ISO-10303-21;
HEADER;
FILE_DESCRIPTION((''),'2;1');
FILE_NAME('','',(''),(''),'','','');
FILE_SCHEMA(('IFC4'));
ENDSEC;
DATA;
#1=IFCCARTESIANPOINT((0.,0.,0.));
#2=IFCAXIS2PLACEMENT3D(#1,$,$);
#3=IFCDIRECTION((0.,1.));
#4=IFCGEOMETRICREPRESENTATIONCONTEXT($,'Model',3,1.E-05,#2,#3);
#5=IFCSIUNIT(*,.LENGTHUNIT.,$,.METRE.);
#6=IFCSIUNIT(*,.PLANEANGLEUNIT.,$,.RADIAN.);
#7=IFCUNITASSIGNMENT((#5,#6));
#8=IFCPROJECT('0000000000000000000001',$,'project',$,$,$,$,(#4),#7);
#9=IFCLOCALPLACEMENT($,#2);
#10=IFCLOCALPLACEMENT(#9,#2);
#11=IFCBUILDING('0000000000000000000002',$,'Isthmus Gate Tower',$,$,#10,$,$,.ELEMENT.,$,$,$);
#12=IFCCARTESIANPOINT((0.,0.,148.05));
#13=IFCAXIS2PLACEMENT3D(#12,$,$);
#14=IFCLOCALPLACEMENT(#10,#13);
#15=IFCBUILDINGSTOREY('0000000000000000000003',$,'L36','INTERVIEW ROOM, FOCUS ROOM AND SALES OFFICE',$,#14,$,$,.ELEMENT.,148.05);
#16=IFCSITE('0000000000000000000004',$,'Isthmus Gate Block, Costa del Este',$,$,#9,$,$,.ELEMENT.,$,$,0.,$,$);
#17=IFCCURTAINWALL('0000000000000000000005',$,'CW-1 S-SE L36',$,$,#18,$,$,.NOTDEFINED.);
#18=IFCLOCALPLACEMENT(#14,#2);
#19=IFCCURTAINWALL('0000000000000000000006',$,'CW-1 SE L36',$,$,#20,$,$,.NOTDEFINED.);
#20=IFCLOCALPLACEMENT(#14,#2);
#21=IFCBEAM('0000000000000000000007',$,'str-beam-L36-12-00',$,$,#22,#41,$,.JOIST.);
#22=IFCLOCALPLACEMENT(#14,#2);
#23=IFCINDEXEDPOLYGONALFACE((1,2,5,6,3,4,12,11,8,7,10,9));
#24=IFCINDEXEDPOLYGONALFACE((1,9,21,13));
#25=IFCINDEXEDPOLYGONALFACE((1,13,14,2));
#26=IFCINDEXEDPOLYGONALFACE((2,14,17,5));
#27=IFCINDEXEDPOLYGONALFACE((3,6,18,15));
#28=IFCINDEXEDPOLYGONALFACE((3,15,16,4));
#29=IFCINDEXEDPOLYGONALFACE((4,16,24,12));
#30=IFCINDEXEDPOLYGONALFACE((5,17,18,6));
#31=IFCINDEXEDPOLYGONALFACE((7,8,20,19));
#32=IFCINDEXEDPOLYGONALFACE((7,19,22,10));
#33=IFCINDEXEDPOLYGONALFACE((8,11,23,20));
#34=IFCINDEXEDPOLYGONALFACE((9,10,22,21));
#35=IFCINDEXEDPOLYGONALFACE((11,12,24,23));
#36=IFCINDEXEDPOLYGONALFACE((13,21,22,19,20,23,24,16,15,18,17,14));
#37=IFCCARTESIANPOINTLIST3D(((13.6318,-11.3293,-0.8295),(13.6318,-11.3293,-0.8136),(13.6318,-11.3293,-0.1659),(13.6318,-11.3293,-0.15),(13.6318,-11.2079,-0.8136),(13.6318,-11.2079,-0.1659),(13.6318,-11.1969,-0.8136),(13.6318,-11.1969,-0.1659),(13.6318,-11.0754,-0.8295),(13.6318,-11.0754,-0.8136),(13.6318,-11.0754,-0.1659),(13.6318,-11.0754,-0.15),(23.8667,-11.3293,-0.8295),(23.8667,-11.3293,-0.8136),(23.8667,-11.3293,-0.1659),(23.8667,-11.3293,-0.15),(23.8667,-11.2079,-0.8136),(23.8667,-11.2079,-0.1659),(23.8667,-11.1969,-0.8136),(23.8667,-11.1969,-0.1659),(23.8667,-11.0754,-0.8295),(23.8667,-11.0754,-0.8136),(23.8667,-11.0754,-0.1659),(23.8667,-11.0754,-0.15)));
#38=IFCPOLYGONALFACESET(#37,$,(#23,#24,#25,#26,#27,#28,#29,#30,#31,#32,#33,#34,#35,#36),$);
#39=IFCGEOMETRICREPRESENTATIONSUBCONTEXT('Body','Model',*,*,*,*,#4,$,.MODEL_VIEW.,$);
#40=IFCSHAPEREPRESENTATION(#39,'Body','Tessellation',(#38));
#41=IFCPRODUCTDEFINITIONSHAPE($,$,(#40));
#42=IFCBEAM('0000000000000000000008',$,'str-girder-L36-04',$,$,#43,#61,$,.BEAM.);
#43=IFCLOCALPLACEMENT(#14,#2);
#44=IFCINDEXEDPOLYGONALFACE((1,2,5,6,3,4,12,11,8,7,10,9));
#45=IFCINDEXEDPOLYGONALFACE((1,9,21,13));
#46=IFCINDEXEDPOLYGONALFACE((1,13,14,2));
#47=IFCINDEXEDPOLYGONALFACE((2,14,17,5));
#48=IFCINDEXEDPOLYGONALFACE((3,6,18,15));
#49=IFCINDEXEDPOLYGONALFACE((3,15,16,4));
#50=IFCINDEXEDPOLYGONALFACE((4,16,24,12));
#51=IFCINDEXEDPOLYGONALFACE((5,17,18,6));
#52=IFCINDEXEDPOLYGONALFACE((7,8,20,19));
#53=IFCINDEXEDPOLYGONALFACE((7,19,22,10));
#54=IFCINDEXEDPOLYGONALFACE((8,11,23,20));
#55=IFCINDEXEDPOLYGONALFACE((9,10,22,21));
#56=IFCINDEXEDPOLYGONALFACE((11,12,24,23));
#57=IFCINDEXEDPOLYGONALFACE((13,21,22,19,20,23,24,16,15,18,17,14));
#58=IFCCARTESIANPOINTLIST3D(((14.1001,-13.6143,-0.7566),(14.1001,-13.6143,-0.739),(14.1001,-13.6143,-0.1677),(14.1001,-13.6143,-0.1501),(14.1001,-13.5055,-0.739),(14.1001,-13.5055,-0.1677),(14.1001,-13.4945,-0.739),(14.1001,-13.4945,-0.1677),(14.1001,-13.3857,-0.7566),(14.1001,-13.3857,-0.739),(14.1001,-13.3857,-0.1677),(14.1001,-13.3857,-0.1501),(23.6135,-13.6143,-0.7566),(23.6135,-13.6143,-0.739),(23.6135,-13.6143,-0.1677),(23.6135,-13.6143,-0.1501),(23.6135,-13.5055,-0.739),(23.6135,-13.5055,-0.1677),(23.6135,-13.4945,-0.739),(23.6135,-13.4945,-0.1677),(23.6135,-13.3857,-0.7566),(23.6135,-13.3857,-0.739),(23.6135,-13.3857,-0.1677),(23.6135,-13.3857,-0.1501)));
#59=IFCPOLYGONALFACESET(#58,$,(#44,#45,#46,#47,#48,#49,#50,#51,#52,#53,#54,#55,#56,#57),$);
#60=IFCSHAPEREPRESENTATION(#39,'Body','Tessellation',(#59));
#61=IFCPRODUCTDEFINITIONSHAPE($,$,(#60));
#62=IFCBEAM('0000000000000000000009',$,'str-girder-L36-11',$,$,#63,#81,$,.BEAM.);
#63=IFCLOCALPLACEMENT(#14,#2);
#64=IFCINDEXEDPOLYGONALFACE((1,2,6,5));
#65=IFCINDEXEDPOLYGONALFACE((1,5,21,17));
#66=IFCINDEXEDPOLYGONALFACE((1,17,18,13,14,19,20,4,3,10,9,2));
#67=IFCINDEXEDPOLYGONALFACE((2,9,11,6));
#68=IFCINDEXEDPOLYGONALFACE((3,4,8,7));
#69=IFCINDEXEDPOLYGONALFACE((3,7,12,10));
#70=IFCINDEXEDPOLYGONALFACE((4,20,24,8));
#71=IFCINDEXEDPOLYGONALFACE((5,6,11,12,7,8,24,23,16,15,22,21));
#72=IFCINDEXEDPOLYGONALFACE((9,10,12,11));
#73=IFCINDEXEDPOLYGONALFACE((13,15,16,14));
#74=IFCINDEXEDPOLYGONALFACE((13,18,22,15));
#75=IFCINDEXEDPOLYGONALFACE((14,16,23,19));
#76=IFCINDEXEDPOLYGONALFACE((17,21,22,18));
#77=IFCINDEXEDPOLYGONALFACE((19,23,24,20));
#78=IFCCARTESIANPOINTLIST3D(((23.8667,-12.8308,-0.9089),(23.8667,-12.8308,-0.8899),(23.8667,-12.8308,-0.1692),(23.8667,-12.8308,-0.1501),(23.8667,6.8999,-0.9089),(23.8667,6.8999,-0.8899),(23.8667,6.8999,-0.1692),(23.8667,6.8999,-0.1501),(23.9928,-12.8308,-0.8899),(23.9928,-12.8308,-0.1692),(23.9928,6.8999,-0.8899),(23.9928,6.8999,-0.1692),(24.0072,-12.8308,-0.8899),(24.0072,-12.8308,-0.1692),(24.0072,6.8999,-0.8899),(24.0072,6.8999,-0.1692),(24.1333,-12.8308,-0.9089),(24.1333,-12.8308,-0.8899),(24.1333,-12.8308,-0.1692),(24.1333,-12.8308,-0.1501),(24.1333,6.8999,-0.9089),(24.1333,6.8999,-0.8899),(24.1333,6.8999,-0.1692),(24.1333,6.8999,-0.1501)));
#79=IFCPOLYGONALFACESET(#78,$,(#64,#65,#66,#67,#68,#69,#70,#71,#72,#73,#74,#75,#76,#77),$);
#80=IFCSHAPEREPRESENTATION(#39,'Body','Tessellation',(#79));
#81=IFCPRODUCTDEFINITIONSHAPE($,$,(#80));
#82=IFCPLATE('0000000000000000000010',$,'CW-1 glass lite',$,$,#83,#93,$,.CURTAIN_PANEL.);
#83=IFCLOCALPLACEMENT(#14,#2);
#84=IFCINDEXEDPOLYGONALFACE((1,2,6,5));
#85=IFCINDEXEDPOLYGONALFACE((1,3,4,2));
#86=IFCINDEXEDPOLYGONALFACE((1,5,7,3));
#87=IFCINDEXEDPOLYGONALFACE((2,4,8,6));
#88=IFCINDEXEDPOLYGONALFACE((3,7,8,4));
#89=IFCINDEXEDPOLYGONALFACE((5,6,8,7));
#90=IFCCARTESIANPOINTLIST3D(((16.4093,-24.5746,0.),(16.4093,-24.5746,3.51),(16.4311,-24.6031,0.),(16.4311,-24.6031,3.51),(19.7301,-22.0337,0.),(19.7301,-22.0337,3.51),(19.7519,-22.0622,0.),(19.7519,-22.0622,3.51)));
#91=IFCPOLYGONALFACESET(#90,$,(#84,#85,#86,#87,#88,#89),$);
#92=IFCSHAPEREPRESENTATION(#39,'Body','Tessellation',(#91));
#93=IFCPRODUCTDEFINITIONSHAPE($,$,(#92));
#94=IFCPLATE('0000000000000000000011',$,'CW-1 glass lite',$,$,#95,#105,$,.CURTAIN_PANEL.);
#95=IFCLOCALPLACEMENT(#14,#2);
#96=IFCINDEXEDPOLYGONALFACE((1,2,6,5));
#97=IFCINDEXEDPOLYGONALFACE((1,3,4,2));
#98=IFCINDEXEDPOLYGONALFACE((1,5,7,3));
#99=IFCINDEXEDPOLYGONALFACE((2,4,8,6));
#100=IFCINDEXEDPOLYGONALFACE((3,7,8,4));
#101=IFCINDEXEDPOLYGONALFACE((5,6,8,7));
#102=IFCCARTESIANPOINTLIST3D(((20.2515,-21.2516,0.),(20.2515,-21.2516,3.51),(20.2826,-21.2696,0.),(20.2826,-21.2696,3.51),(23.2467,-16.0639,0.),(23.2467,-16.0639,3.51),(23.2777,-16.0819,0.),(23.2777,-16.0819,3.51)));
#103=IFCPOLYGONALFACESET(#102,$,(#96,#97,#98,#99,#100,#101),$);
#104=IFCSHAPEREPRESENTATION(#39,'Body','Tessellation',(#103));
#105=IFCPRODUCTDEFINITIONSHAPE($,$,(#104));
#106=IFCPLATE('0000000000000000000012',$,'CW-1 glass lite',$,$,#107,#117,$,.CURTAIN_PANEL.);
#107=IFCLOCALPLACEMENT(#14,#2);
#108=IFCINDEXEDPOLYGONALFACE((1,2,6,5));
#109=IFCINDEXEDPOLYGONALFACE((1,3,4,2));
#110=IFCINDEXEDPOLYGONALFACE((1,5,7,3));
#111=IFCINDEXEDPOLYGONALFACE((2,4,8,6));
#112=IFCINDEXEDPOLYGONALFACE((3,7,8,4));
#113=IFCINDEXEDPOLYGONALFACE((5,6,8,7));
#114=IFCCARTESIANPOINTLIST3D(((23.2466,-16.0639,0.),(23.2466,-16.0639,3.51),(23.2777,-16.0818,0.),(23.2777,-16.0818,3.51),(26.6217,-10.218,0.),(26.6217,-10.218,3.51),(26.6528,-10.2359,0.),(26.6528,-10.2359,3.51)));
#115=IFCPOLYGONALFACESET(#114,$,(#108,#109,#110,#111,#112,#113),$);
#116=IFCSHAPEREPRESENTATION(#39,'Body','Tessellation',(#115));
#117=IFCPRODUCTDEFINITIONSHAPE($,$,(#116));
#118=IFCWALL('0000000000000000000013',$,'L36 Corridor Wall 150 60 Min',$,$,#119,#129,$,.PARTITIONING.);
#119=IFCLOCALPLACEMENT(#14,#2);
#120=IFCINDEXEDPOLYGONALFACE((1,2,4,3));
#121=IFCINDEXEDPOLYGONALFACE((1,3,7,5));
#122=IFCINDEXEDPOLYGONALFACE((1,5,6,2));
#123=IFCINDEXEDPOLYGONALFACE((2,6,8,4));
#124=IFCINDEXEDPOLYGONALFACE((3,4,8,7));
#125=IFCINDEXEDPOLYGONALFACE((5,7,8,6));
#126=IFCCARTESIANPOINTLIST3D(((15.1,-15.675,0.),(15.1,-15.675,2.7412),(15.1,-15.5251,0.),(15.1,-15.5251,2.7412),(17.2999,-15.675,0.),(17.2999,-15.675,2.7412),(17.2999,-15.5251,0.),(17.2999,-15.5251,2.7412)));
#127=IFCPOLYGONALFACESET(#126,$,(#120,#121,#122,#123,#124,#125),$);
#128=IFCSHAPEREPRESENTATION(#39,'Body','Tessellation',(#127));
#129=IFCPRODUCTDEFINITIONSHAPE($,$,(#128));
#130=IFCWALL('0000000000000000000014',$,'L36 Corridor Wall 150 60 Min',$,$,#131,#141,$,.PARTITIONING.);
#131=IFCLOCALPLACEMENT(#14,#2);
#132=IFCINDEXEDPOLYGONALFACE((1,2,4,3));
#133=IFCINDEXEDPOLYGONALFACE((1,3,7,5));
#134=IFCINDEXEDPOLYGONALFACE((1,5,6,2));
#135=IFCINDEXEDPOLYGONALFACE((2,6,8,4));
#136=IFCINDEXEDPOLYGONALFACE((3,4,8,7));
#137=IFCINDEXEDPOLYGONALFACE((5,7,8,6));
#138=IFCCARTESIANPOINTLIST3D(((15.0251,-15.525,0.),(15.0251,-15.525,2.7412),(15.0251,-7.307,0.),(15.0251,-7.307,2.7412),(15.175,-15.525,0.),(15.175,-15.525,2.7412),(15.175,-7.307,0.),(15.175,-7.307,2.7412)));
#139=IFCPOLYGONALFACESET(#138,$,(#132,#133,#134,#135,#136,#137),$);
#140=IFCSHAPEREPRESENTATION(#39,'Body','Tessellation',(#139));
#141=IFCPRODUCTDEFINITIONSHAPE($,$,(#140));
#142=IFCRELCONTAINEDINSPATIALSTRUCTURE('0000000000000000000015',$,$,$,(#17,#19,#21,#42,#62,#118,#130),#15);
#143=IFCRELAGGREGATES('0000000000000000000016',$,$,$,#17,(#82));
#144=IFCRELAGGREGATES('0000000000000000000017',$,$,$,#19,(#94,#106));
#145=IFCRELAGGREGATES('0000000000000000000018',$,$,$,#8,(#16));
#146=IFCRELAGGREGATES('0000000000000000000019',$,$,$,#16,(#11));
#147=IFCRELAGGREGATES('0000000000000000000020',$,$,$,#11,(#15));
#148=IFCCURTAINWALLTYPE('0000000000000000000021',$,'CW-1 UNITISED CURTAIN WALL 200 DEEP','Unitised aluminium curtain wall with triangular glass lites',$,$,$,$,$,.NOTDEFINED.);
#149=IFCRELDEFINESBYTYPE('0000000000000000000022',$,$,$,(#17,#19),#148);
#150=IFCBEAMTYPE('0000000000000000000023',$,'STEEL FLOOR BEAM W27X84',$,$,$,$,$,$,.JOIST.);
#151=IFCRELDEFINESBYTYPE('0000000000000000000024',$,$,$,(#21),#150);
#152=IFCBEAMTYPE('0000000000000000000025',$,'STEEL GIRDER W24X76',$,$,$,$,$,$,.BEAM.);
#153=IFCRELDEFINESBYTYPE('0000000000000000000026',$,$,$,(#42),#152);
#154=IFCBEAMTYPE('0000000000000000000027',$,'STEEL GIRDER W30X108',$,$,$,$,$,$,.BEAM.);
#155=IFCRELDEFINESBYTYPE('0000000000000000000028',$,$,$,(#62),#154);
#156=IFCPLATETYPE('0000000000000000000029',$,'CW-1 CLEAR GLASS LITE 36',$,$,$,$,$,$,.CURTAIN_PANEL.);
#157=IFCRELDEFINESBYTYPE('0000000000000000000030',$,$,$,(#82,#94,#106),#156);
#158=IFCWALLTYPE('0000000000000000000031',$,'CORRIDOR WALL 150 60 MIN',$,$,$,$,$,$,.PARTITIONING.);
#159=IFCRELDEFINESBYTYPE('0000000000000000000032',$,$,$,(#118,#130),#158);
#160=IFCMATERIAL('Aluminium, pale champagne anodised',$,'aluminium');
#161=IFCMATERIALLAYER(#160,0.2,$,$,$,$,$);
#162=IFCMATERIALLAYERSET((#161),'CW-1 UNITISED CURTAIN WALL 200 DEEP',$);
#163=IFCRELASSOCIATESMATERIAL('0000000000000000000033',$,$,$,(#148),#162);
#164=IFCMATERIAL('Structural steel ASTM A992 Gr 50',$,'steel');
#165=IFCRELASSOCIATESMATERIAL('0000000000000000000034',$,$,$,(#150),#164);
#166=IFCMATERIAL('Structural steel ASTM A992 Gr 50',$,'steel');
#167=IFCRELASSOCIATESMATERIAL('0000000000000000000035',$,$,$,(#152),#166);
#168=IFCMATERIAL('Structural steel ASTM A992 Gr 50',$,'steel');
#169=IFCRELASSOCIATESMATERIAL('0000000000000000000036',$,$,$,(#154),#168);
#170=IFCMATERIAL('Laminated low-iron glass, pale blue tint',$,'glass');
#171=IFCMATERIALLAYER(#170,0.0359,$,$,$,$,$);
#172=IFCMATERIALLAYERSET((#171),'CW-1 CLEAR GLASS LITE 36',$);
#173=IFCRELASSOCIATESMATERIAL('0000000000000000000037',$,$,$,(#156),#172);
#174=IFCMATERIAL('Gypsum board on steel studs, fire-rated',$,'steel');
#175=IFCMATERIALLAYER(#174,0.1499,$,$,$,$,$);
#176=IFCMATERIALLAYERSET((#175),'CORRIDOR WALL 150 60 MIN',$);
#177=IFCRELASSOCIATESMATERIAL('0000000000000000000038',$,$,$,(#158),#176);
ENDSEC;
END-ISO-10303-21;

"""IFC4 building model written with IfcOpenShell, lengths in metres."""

from ifc_helpers import new_model, si_unit, direction, frame, frame_2d, origin, origin_2d, place, context, subcontext, project, spatial, rectangle, i_section, extrude, material, layer, layer_set, material_profile, profile_set, type_object, element, aggregate, save


model = new_model("IFC4")

# Units and contexts
model_context = context("Model", 3, precision=1e-05, world=origin(), true_north=direction((0.0, 1.0)))
body_context = subcontext(model_context, "Body", "Model", "MODEL_VIEW")
ifc_project = project(units=[si_unit("LENGTHUNIT", "METRE"), si_unit("PLANEANGLEUNIT", "RADIAN")], contexts=[model_context])

# Site, building, storey
site_placement = place(None, origin())
site = spatial("IfcSite", under=ifc_project, at=site_placement, Name="Isthmus Gate Block, Costa del Este", CompositionType="ELEMENT", RefElevation=0.0)
building_placement = place(site_placement, origin())
building = spatial("IfcBuilding", under=site, at=building_placement, Name="Isthmus Gate Tower", CompositionType="ELEMENT")
storey_placement = place(building_placement, frame((0.0, 0.0, 148.05)))
storey = spatial("IfcBuildingStorey", under=building, at=storey_placement, Name="L36", Description="INTERVIEW ROOM, FOCUS ROOM AND SALES OFFICE", CompositionType="ELEMENT", Elevation=148.05)

# Curtain wall
ifc_material_1 = material(Name="Aluminium, pale champagne anodised", Category="aluminium")
ifc_layer_1 = layer(ifc_material_1, 0.2)
ifc_layer_set_1 = layer_set([ifc_layer_1], Name="CW-1 UNITISED CURTAIN WALL 200 DEEP")
curtain_wall_type = type_object("IfcCurtainWallType", Name="CW-1 UNITISED CURTAIN WALL 200 DEEP", Description="Unitised aluminium curtain wall with triangular glass lites", PredefinedType="NOTDEFINED", material=ifc_layer_set_1)
curtain_wall_1_placement = place(storey_placement, origin())
curtain_wall_1 = element("IfcCurtainWall", 1, at=curtain_wall_1_placement, inside=storey, type_object=curtain_wall_type, Name="CW-1 S-SE L36", PredefinedType="NOTDEFINED")

# Curtain wall
curtain_wall_2_placement = place(storey_placement, origin())
curtain_wall_2 = element("IfcCurtainWall", 2, at=curtain_wall_2_placement, inside=storey, type_object=curtain_wall_type, Name="CW-1 SE L36", PredefinedType="NOTDEFINED")

# Beams
ifc_material_2 = material(Name="Structural steel ASTM A992 Gr 50", Category="steel")
ifc_material_profile_1 = material_profile(ifc_material_2, i_section(OverallWidth=0.2539, OverallDepth=0.6794, WebThickness=0.011, FlangeThickness=0.0159, at=origin_2d()), Name="W27X84")
ifc_profile_set_1 = profile_set([ifc_material_profile_1], Name="Structural steel ASTM A992 Gr 50")
beam_type_1 = type_object("IfcBeamType", Name="STEEL FLOOR BEAM W27X84", PredefinedType="JOIST", material=ifc_profile_set_1)
beam_1_placement = place(storey_placement, frame((13.6318, -11.2024, -0.4897), z_axis=(1.0, 0.0, 0.0), x_axis=(0.0, 1.0, 0.0)))
element("IfcBeam", 3, at=beam_1_placement, inside=storey, type_object=beam_type_1, Name="str-beam-L36-12-00", PredefinedType="JOIST", context=body_context, shape_type="SweptSolid", body=[
    extrude(i_section(OverallWidth=0.2539, OverallDepth=0.6794, WebThickness=0.011, FlangeThickness=0.0159, at=origin_2d()), origin(), (0.0, 0.0, 1.0), 10.2349),
])
ifc_material_3 = material(Name="Structural steel ASTM A992 Gr 50", Category="steel")
ifc_material_profile_2 = material_profile(ifc_material_3, i_section(OverallWidth=0.2285, OverallDepth=0.6064, WebThickness=0.011, FlangeThickness=0.0176, at=origin_2d()), Name="W24X76")
ifc_profile_set_2 = profile_set([ifc_material_profile_2], Name="Structural steel ASTM A992 Gr 50")
beam_type_2 = type_object("IfcBeamType", Name="STEEL GIRDER W24X76", PredefinedType="BEAM", material=ifc_profile_set_2)
beam_2_placement = place(storey_placement, frame((14.1001, -13.5, -0.4534), z_axis=(1.0, 0.0, 0.0), x_axis=(0.0, 1.0, 0.0)))
element("IfcBeam", 4, at=beam_2_placement, inside=storey, type_object=beam_type_2, Name="str-girder-L36-04", PredefinedType="BEAM", context=body_context, shape_type="SweptSolid", body=[
    extrude(i_section(OverallWidth=0.2285, OverallDepth=0.6064, WebThickness=0.011, FlangeThickness=0.0176, at=origin_2d()), origin(), (0.0, 0.0, 1.0), 9.5134),
])
ifc_material_4 = material(Name="Structural steel ASTM A992 Gr 50", Category="steel")
ifc_material_profile_3 = material_profile(ifc_material_4, i_section(OverallWidth=0.2666, OverallDepth=0.7588, WebThickness=0.0144, FlangeThickness=0.019, at=origin_2d()), Name="W30X108")
ifc_profile_set_3 = profile_set([ifc_material_profile_3], Name="Structural steel ASTM A992 Gr 50")
beam_type_3 = type_object("IfcBeamType", Name="STEEL GIRDER W30X108", PredefinedType="BEAM", material=ifc_profile_set_3)
beam_3_placement = place(storey_placement, frame((24.0, -12.8308, -0.5295), z_axis=(0.0, 1.0, 0.0), x_axis=(-1.0, 0.0, 0.0)))
element("IfcBeam", 5, at=beam_3_placement, inside=storey, type_object=beam_type_3, Name="str-girder-L36-11", PredefinedType="BEAM", context=body_context, shape_type="SweptSolid", body=[
    extrude(i_section(OverallWidth=0.2666, OverallDepth=0.7588, WebThickness=0.0144, FlangeThickness=0.019, at=origin_2d()), origin(), (0.0, 0.0, 1.0), 19.7307),
])

# Plates
ifc_material_5 = material(Name="Laminated low-iron glass, pale blue tint", Category="glass")
ifc_layer_2 = layer(ifc_material_5, 0.0359)
ifc_layer_set_2 = layer_set([ifc_layer_2], Name="CW-1 CLEAR GLASS LITE 36")
plate_type = type_object("IfcPlateType", Name="CW-1 CLEAR GLASS LITE 36", PredefinedType="CURTAIN_PANEL", material=ifc_layer_set_2)
plate_1_placement = place(storey_placement, frame((18.0806, -23.3184, 0.0), z_axis=(0.0, 0.0, 1.0), x_axis=(0.794189, 0.607671, 0.0)))
plate_1 = element("IfcPlate", 6, at=plate_1_placement, type_object=plate_type, Name="CW-1 glass lite", PredefinedType="CURTAIN_PANEL", context=body_context, shape_type="SweptSolid", body=[
    extrude(rectangle(XDim=4.1814, YDim=0.0359, at=origin_2d()), origin(), (0.0, 0.0, 1.0), 3.51),
])
aggregate(curtain_wall_1, [plate_1])
plate_2_placement = place(storey_placement, frame((21.7646, -18.6667, 0.0), z_axis=(0.0, 0.0, 1.0), x_axis=(0.5, 0.866025, 0.0)))
plate_2 = element("IfcPlate", 7, at=plate_2_placement, type_object=plate_type, Name="CW-1 glass lite", PredefinedType="CURTAIN_PANEL", context=body_context, shape_type="SweptSolid", body=[
    extrude(rectangle(XDim=5.9902, YDim=0.0359, at=origin_2d()), origin(), (0.0, 0.0, 1.0), 3.51),
])
plate_3_placement = place(storey_placement, frame((24.9497, -13.1499, 0.0), z_axis=(0.0, 0.0, 1.0), x_axis=(0.5, 0.866025, 0.0)))
plate_3 = element("IfcPlate", 8, at=plate_3_placement, type_object=plate_type, Name="CW-1 glass lite", PredefinedType="CURTAIN_PANEL", context=body_context, shape_type="SweptSolid", body=[
    extrude(rectangle(XDim=6.7502, YDim=0.0359, at=origin_2d()), origin(), (0.0, 0.0, 1.0), 3.51),
])
aggregate(curtain_wall_2, [plate_2, plate_3])

# Walls
ifc_material_6 = material(Name="Gypsum board on steel studs, fire-rated", Category="steel")
ifc_layer_3 = layer(ifc_material_6, 0.1499)
ifc_layer_set_3 = layer_set([ifc_layer_3], Name="CORRIDOR WALL 150 60 MIN")
wall_type = type_object("IfcWallType", Name="CORRIDOR WALL 150 60 MIN", PredefinedType="PARTITIONING", material=ifc_layer_set_3)
wall_1_placement = place(storey_placement, frame((17.3, -15.6001, 0.0), z_axis=(0.0, 0.0, 1.0), x_axis=(-1.0, 0.0, 0.0)))
element("IfcWall", 9, at=wall_1_placement, inside=storey, type_object=wall_type, Name="L36 Corridor Wall 150 60 Min", PredefinedType="PARTITIONING", context=body_context, shape_type="SweptSolid", body=[
    extrude(rectangle(XDim=2.2, YDim=0.1499, at=frame_2d((1.1001, 0.0))), origin(), (0.0, 0.0, 1.0), 2.7412),
])
wall_2_placement = place(storey_placement, frame((15.1001, -15.5249, 0.0), z_axis=(0.0, 0.0, 1.0), x_axis=(0.0, 1.0, 0.0)))
element("IfcWall", 10, at=wall_2_placement, inside=storey, type_object=wall_type, Name="L36 Corridor Wall 150 60 Min", PredefinedType="PARTITIONING", context=body_context, shape_type="SweptSolid", body=[
    extrude(rectangle(XDim=8.218, YDim=0.1499, at=frame_2d((4.1089, 0.0))), origin(), (0.0, 0.0, 1.0), 2.7412),
])

save(model, "model.ifc")
